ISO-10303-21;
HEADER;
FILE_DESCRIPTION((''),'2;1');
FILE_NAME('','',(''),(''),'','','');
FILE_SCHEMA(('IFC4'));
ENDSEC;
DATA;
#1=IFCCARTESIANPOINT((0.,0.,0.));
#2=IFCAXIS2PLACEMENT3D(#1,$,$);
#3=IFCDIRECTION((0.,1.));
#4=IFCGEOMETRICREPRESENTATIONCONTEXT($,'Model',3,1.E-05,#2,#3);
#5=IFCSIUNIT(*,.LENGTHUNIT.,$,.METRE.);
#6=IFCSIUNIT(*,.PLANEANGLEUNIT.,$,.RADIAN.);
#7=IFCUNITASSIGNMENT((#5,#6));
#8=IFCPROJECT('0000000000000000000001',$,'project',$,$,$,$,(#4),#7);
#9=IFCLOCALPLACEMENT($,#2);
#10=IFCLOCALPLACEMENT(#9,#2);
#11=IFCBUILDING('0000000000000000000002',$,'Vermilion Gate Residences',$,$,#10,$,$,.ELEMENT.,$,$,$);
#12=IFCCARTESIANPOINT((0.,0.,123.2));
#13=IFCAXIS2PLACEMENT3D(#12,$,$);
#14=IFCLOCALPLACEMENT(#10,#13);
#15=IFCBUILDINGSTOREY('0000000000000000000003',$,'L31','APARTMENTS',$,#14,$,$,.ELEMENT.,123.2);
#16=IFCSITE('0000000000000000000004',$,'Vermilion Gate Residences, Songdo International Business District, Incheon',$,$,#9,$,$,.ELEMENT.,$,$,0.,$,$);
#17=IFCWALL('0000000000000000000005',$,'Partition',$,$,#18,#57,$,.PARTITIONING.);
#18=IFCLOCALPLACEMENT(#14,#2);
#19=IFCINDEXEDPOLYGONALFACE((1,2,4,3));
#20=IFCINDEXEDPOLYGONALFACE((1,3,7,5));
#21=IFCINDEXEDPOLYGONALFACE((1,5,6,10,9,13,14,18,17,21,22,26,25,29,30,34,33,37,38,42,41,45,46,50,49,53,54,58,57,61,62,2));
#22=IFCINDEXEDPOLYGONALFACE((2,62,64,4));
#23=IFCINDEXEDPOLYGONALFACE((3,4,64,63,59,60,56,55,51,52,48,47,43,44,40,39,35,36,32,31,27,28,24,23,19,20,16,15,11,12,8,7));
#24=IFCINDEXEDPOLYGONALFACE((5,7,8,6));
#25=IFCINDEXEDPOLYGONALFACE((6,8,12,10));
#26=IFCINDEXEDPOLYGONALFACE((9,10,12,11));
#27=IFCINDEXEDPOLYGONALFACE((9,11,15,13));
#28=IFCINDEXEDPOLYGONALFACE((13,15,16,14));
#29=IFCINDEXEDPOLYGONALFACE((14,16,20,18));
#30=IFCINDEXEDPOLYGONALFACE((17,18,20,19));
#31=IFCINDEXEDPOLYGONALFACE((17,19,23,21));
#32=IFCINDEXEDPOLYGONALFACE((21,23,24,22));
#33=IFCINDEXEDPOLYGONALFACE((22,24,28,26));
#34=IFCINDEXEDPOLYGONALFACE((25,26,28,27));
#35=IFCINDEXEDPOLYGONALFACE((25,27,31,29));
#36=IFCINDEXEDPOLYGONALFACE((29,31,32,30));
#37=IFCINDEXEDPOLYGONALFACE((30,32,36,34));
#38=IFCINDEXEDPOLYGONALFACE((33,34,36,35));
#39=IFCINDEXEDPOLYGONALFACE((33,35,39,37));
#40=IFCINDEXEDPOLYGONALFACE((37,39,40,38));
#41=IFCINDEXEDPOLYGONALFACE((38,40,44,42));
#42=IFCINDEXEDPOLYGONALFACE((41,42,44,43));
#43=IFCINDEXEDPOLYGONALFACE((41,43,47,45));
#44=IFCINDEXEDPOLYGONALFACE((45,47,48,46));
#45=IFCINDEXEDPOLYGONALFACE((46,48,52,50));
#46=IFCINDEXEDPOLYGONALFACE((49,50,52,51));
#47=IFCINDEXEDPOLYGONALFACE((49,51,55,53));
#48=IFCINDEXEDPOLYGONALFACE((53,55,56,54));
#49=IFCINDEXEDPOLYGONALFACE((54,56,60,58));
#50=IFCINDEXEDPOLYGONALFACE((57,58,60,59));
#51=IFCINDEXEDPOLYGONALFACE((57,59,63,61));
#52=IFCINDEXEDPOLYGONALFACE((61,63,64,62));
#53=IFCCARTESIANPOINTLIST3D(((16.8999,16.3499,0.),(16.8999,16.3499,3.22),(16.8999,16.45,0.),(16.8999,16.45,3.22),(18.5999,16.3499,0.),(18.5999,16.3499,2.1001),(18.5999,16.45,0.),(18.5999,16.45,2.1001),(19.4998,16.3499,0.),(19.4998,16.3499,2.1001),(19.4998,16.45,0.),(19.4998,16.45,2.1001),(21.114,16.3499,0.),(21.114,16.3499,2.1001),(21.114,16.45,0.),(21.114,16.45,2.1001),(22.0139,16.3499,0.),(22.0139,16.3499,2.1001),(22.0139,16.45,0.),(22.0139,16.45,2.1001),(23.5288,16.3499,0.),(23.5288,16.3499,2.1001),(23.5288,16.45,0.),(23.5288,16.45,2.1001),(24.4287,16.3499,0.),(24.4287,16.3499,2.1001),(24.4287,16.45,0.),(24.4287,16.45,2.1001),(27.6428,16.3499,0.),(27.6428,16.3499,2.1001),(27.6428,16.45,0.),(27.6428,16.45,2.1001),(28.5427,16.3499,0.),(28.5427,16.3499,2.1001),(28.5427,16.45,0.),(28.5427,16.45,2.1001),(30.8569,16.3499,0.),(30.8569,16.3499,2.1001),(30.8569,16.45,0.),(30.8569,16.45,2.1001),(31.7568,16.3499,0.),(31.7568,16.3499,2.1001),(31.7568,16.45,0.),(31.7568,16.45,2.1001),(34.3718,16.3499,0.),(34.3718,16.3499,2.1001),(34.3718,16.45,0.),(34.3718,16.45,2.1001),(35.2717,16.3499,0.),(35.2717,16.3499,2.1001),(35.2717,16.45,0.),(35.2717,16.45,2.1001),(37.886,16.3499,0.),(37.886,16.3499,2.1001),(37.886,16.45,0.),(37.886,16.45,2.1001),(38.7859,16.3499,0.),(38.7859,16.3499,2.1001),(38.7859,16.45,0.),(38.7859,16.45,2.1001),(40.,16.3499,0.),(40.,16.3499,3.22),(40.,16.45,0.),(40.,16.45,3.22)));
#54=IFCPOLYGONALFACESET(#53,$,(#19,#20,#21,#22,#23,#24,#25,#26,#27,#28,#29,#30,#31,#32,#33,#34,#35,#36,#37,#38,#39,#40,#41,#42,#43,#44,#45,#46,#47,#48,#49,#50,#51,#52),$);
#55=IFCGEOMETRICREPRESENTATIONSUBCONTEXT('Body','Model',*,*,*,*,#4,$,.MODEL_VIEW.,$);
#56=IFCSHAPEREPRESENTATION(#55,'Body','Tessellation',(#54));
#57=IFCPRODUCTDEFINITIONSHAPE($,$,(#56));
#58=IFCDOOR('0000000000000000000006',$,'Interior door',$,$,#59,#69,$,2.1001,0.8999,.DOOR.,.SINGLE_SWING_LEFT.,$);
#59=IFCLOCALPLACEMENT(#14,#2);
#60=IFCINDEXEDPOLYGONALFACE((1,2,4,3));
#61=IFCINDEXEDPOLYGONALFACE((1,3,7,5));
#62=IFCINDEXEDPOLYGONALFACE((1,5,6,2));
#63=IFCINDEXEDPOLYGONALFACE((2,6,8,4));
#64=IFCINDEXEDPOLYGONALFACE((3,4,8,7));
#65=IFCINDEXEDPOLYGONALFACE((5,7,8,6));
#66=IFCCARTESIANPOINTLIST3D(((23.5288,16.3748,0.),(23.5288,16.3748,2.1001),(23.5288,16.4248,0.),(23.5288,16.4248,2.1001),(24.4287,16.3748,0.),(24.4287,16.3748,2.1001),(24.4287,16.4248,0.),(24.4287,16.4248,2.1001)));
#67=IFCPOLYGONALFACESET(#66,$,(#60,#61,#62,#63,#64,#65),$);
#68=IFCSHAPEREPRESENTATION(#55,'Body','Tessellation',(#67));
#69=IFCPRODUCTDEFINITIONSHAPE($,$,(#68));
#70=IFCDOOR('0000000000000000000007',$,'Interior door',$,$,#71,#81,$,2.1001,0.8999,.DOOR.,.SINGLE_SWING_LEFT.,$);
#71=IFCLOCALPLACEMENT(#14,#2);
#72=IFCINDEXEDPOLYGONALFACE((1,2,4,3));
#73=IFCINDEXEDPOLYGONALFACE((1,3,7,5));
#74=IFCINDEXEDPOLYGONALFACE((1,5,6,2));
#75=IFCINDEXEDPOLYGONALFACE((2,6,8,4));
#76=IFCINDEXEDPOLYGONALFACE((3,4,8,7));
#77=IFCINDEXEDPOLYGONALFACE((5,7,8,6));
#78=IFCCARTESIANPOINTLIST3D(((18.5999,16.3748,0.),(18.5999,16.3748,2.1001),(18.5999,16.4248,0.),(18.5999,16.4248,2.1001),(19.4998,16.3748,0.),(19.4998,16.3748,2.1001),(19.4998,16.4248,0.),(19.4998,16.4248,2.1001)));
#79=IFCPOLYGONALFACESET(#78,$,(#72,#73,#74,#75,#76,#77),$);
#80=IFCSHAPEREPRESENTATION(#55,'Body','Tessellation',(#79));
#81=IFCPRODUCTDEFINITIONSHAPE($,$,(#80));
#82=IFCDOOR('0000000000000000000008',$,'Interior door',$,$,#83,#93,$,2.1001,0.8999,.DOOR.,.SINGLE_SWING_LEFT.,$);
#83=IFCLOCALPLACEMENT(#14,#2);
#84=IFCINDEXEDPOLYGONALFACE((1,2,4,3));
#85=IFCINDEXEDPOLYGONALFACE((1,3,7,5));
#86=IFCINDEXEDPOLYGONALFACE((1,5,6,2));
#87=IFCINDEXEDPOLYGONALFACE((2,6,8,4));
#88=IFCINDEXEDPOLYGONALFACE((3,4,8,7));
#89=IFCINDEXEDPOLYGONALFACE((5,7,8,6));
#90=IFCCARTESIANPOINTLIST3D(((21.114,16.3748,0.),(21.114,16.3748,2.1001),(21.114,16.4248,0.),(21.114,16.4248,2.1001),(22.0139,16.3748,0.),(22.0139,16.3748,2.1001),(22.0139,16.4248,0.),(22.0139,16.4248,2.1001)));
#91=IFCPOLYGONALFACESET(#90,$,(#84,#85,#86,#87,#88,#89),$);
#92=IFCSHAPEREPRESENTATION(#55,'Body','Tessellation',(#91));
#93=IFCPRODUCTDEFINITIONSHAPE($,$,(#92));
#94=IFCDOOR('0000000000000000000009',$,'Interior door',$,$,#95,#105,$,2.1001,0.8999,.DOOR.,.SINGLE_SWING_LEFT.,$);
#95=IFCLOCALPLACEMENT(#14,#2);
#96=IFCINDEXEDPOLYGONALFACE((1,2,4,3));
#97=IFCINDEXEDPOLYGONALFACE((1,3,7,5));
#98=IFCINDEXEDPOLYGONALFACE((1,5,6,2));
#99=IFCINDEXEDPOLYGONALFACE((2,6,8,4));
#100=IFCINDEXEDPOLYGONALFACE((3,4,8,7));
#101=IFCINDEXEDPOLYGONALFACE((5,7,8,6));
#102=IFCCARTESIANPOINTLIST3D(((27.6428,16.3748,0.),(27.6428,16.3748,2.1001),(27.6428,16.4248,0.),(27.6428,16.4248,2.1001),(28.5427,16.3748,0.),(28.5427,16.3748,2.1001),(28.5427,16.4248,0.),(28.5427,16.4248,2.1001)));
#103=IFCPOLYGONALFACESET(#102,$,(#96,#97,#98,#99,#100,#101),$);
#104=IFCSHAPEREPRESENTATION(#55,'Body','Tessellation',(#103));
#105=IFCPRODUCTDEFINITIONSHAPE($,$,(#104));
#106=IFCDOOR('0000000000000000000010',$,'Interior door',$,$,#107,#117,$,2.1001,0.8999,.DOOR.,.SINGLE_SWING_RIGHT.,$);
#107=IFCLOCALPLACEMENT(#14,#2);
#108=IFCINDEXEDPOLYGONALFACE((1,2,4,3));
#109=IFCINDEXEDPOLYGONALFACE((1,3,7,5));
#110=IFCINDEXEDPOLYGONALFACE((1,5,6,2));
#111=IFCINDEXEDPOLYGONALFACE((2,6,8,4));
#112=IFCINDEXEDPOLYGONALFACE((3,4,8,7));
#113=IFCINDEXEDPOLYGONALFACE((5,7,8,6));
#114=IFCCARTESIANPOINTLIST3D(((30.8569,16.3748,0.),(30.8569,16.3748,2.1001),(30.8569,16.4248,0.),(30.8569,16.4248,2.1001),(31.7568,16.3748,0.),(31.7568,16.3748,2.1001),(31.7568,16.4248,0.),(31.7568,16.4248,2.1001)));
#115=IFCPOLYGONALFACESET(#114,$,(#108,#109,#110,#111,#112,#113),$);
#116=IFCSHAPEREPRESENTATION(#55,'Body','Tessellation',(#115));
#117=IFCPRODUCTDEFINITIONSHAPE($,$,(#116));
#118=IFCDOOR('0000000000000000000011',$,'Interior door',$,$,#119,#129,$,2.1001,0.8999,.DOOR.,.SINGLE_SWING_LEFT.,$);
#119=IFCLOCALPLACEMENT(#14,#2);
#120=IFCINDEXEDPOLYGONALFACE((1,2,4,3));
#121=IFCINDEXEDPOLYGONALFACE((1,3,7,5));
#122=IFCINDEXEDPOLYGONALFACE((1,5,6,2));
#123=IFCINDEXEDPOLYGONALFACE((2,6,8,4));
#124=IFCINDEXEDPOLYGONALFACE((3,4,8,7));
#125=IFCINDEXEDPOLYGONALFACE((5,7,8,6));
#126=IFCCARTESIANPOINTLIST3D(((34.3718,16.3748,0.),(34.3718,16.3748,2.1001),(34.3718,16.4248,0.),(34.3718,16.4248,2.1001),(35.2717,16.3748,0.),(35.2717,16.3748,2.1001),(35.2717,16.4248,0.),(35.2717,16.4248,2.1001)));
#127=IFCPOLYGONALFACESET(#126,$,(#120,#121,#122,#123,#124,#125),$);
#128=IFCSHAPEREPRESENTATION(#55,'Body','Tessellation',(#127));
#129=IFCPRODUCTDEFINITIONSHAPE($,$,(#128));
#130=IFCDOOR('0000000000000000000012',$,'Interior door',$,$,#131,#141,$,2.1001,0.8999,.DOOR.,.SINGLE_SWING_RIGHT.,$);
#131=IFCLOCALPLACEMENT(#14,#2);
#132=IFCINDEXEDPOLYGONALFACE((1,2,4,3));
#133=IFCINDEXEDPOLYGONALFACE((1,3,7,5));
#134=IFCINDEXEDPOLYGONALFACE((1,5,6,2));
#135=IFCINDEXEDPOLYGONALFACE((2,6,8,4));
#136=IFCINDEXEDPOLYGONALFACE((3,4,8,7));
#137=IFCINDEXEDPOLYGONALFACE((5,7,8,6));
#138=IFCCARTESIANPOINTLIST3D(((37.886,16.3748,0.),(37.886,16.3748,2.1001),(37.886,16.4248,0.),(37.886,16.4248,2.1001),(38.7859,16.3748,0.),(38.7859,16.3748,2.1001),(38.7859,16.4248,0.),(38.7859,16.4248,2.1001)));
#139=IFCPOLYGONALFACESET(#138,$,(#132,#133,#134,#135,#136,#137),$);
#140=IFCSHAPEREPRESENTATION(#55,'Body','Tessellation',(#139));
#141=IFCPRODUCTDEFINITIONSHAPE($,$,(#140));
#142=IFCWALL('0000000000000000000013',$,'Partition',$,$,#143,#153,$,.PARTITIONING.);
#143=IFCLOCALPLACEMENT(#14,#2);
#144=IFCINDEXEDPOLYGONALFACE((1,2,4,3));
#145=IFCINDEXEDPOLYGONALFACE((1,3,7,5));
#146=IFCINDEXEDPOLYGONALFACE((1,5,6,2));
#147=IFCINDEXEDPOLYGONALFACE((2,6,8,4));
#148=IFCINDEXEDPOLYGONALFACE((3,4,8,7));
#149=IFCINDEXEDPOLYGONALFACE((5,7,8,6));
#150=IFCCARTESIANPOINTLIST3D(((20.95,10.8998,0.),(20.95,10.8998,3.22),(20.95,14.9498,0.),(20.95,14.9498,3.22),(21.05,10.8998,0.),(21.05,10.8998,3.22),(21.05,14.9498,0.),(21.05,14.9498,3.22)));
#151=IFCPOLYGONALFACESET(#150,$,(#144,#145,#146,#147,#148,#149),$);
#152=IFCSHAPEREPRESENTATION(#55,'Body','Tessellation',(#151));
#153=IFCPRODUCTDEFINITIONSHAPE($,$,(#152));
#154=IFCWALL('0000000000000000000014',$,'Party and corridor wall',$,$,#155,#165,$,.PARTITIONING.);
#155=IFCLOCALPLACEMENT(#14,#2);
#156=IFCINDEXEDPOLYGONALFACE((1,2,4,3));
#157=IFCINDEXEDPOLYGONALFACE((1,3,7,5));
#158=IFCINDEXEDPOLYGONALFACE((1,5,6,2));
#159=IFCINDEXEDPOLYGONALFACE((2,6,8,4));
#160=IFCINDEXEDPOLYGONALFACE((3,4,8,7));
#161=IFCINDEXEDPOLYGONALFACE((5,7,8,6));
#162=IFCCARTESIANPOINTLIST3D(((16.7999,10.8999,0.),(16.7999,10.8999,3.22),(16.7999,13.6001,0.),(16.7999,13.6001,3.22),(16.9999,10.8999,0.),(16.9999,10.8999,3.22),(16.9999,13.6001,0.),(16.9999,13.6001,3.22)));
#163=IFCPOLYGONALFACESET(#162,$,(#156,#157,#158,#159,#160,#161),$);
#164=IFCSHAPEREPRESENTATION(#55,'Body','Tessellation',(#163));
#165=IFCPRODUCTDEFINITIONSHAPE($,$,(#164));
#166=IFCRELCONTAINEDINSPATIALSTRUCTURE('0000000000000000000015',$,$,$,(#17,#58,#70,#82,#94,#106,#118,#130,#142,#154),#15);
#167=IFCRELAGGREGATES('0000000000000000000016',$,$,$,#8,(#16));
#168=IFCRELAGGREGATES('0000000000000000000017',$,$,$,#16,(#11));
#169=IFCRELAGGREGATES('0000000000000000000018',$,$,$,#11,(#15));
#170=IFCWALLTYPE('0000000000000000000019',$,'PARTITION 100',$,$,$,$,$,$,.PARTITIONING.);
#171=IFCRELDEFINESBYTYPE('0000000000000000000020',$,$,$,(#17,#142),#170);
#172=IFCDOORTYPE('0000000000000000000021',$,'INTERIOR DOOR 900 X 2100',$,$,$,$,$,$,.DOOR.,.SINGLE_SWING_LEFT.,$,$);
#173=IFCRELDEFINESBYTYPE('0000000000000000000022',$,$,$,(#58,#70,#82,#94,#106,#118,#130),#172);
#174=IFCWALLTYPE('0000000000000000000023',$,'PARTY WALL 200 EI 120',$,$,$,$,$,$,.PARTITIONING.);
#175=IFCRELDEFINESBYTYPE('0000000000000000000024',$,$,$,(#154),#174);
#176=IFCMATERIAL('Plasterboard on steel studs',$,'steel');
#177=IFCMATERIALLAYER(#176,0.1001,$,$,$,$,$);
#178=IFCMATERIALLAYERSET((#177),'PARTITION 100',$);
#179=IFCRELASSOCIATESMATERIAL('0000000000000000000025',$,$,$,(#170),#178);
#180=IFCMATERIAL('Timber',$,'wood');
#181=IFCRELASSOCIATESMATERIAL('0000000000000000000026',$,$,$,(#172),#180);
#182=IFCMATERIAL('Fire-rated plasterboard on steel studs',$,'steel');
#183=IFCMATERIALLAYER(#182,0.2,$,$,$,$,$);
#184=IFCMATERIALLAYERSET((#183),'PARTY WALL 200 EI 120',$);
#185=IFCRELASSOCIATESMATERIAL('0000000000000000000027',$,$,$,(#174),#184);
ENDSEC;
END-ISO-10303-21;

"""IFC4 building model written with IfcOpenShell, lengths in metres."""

from ifc_helpers import new_model, si_unit, direction, frame, frame_2d, origin, place, context, subcontext, project, spatial, rectangle, extrude, material, layer, layer_set, type_object, element, fill, save


model = new_model("IFC4")

# Units and contexts
model_context = context("Model", 3, precision=1e-05, world=origin(), true_north=direction((0.0, 1.0)))
body_context = subcontext(model_context, "Body", "Model", "MODEL_VIEW")
ifc_project = project(units=[si_unit("LENGTHUNIT", "METRE"), si_unit("PLANEANGLEUNIT", "RADIAN")], contexts=[model_context])

# Site, building, storey
site_placement = place(None, origin())
site = spatial("IfcSite", under=ifc_project, at=site_placement, Name="Vermilion Gate Residences, Songdo International Business District, Incheon", CompositionType="ELEMENT", RefElevation=0.0)
building_placement = place(site_placement, origin())
building = spatial("IfcBuilding", under=site, at=building_placement, Name="Vermilion Gate Residences", CompositionType="ELEMENT")
storey_placement = place(building_placement, frame((0.0, 0.0, 123.2)))
storey = spatial("IfcBuildingStorey", under=building, at=storey_placement, Name="L31", Description="APARTMENTS", CompositionType="ELEMENT", Elevation=123.2)

# Wall, openings, doors
ifc_material_1 = material(Name="Plasterboard on steel studs", Category="steel")
ifc_layer_1 = layer(ifc_material_1, 0.1001)
ifc_layer_set_1 = layer_set([ifc_layer_1], Name="PARTITION 100")
wall_type_1 = type_object("IfcWallType", Name="PARTITION 100", PredefinedType="PARTITIONING", material=ifc_layer_set_1)
ifc_material_2 = material(Name="Timber", Category="wood")
door_type = type_object("IfcDoorType", Name="INTERIOR DOOR 900 X 2100", OperationType="SINGLE_SWING_LEFT", PredefinedType="DOOR", material=ifc_material_2)
wall_1_placement = place(storey_placement, frame((16.8999, 16.3999, 0.0), z_axis=(0.0, 0.0, 1.0), x_axis=(1.0, 0.0, 0.0)))
wall_1 = element("IfcWall", 1, at=wall_1_placement, inside=storey, type_object=wall_type_1, Name="Partition", PredefinedType="PARTITIONING", context=body_context, shape_type="SweptSolid", body=[
    extrude(rectangle(XDim=23.1001, YDim=0.1001, at=frame_2d((11.55, 0.0))), origin(), (0.0, 0.0, 1.0), 3.22),
])
opening_1_placement = place(wall_1_placement, frame((6.6289, 0.0, 0.0)))
opening_1 = element("IfcOpeningElement", 2, at=opening_1_placement, cuts=wall_1, PredefinedType="OPENING", context=body_context, shape_type="SweptSolid", body=[
    extrude(rectangle(XDim=0.8999, YDim=2.1001, at=frame_2d((0.45, 1.05))), frame((0.0, 0.0601, 0.0), z_axis=(0.0, -1.0, 0.0), x_axis=(1.0, 0.0, 0.0)), (0.0, 0.0, 1.0), 0.1201),
])
opening_2_placement = place(wall_1_placement, frame((1.7, 0.0, 0.0)))
opening_2 = element("IfcOpeningElement", 3, at=opening_2_placement, cuts=wall_1, PredefinedType="OPENING", context=body_context, shape_type="SweptSolid", body=[
    extrude(rectangle(XDim=0.8999, YDim=2.1001, at=frame_2d((0.45, 1.05))), frame((0.0, 0.0601, 0.0), z_axis=(0.0, -1.0, 0.0), x_axis=(1.0, 0.0, 0.0)), (0.0, 0.0, 1.0), 0.1201),
])
opening_3_placement = place(wall_1_placement, frame((4.2141, 0.0, 0.0)))
opening_3 = element("IfcOpeningElement", 4, at=opening_3_placement, cuts=wall_1, PredefinedType="OPENING", context=body_context, shape_type="SweptSolid", body=[
    extrude(rectangle(XDim=0.8999, YDim=2.1001, at=frame_2d((0.45, 1.05))), frame((0.0, 0.0601, 0.0), z_axis=(0.0, -1.0, 0.0), x_axis=(1.0, 0.0, 0.0)), (0.0, 0.0, 1.0), 0.1201),
])
opening_4_placement = place(wall_1_placement, frame((10.7429, 0.0, 0.0)))
opening_4 = element("IfcOpeningElement", 5, at=opening_4_placement, cuts=wall_1, PredefinedType="OPENING", context=body_context, shape_type="SweptSolid", body=[
    extrude(rectangle(XDim=0.8999, YDim=2.1001, at=frame_2d((0.45, 1.05))), frame((0.0, 0.0601, 0.0), z_axis=(0.0, -1.0, 0.0), x_axis=(1.0, 0.0, 0.0)), (0.0, 0.0, 1.0), 0.1201),
])
opening_5_placement = place(wall_1_placement, frame((13.957, 0.0, 0.0)))
opening_5 = element("IfcOpeningElement", 6, at=opening_5_placement, cuts=wall_1, PredefinedType="OPENING", context=body_context, shape_type="SweptSolid", body=[
    extrude(rectangle(XDim=0.8999, YDim=2.1001, at=frame_2d((0.45, 1.05))), frame((0.0, 0.0601, 0.0), z_axis=(0.0, -1.0, 0.0), x_axis=(1.0, 0.0, 0.0)), (0.0, 0.0, 1.0), 0.1201),
])
opening_6_placement = place(wall_1_placement, frame((17.4719, 0.0, 0.0)))
opening_6 = element("IfcOpeningElement", 7, at=opening_6_placement, cuts=wall_1, PredefinedType="OPENING", context=body_context, shape_type="SweptSolid", body=[
    extrude(rectangle(XDim=0.8999, YDim=2.1001, at=frame_2d((0.45, 1.05))), frame((0.0, 0.0601, 0.0), z_axis=(0.0, -1.0, 0.0), x_axis=(1.0, 0.0, 0.0)), (0.0, 0.0, 1.0), 0.1201),
])
opening_7_placement = place(wall_1_placement, frame((20.9861, 0.0, 0.0)))
opening_7 = element("IfcOpeningElement", 8, at=opening_7_placement, cuts=wall_1, PredefinedType="OPENING", context=body_context, shape_type="SweptSolid", body=[
    extrude(rectangle(XDim=0.8999, YDim=2.1001, at=frame_2d((0.45, 1.05))), frame((0.0, 0.0601, 0.0), z_axis=(0.0, -1.0, 0.0), x_axis=(1.0, 0.0, 0.0)), (0.0, 0.0, 1.0), 0.1201),
])
door_1_placement = place(opening_1_placement, origin())
door_1 = element("IfcDoor", 9, at=door_1_placement, inside=storey, type_object=door_type, Name="Interior door", OperationType="SINGLE_SWING_LEFT", OverallHeight=2.1001, OverallWidth=0.8999, PredefinedType="DOOR", context=body_context, shape_type="SweptSolid", body=[
    extrude(rectangle(XDim=0.8999, YDim=2.1001, at=frame_2d((0.45, 1.05))), frame((0.0, 0.0249, 0.0), z_axis=(0.0, -1.0, 0.0), x_axis=(1.0, 0.0, 0.0)), (0.0, 0.0, 1.0), 0.05),
])
fill(opening_1, door_1)
door_2_placement = place(opening_2_placement, origin())
door_2 = element("IfcDoor", 10, at=door_2_placement, inside=storey, type_object=door_type, Name="Interior door", OperationType="SINGLE_SWING_LEFT", OverallHeight=2.1001, OverallWidth=0.8999, PredefinedType="DOOR", context=body_context, shape_type="SweptSolid", body=[
    extrude(rectangle(XDim=0.8999, YDim=2.1001, at=frame_2d((0.45, 1.05))), frame((0.0, 0.0249, 0.0), z_axis=(0.0, -1.0, 0.0), x_axis=(1.0, 0.0, 0.0)), (0.0, 0.0, 1.0), 0.05),
])
fill(opening_2, door_2)
door_3_placement = place(opening_3_placement, origin())
door_3 = element("IfcDoor", 11, at=door_3_placement, inside=storey, type_object=door_type, Name="Interior door", OperationType="SINGLE_SWING_LEFT", OverallHeight=2.1001, OverallWidth=0.8999, PredefinedType="DOOR", context=body_context, shape_type="SweptSolid", body=[
    extrude(rectangle(XDim=0.8999, YDim=2.1001, at=frame_2d((0.45, 1.05))), frame((0.0, 0.0249, 0.0), z_axis=(0.0, -1.0, 0.0), x_axis=(1.0, 0.0, 0.0)), (0.0, 0.0, 1.0), 0.05),
])
fill(opening_3, door_3)
door_4_placement = place(opening_4_placement, origin())
door_4 = element("IfcDoor", 12, at=door_4_placement, inside=storey, type_object=door_type, Name="Interior door", OperationType="SINGLE_SWING_LEFT", OverallHeight=2.1001, OverallWidth=0.8999, PredefinedType="DOOR", context=body_context, shape_type="SweptSolid", body=[
    extrude(rectangle(XDim=0.8999, YDim=2.1001, at=frame_2d((0.45, 1.05))), frame((0.0, 0.0249, 0.0), z_axis=(0.0, -1.0, 0.0), x_axis=(1.0, 0.0, 0.0)), (0.0, 0.0, 1.0), 0.05),
])
fill(opening_4, door_4)
door_5_placement = place(opening_5_placement, origin())
door_5 = element("IfcDoor", 13, at=door_5_placement, inside=storey, type_object=door_type, Name="Interior door", OperationType="SINGLE_SWING_RIGHT", OverallHeight=2.1001, OverallWidth=0.8999, PredefinedType="DOOR", context=body_context, shape_type="SweptSolid", body=[
    extrude(rectangle(XDim=0.8999, YDim=2.1001, at=frame_2d((0.45, 1.05))), frame((0.0, 0.0249, 0.0), z_axis=(0.0, -1.0, 0.0), x_axis=(1.0, 0.0, 0.0)), (0.0, 0.0, 1.0), 0.05),
])
fill(opening_5, door_5)
door_6_placement = place(opening_6_placement, origin())
door_6 = element("IfcDoor", 14, at=door_6_placement, inside=storey, type_object=door_type, Name="Interior door", OperationType="SINGLE_SWING_LEFT", OverallHeight=2.1001, OverallWidth=0.8999, PredefinedType="DOOR", context=body_context, shape_type="SweptSolid", body=[
    extrude(rectangle(XDim=0.8999, YDim=2.1001, at=frame_2d((0.45, 1.05))), frame((0.0, 0.0249, 0.0), z_axis=(0.0, -1.0, 0.0), x_axis=(1.0, 0.0, 0.0)), (0.0, 0.0, 1.0), 0.05),
])
fill(opening_6, door_6)
door_7_placement = place(opening_7_placement, origin())
door_7 = element("IfcDoor", 15, at=door_7_placement, inside=storey, type_object=door_type, Name="Interior door", OperationType="SINGLE_SWING_RIGHT", OverallHeight=2.1001, OverallWidth=0.8999, PredefinedType="DOOR", context=body_context, shape_type="SweptSolid", body=[
    extrude(rectangle(XDim=0.8999, YDim=2.1001, at=frame_2d((0.45, 1.05))), frame((0.0, 0.0249, 0.0), z_axis=(0.0, -1.0, 0.0), x_axis=(1.0, 0.0, 0.0)), (0.0, 0.0, 1.0), 0.05),
])
fill(opening_7, door_7)

# Walls
wall_2_placement = place(storey_placement, frame((21.0, 10.8999, 0.0), z_axis=(0.0, 0.0, 1.0), x_axis=(0.0, 1.0, 0.0)))
element("IfcWall", 16, at=wall_2_placement, inside=storey, type_object=wall_type_1, Name="Partition", PredefinedType="PARTITIONING", context=body_context, shape_type="SweptSolid", body=[
    extrude(rectangle(XDim=4.05, YDim=0.1001, at=frame_2d((2.0249, 0.0))), origin(), (0.0, 0.0, 1.0), 3.22),
])
ifc_material_3 = material(Name="Fire-rated plasterboard on steel studs", Category="steel")
ifc_layer_2 = layer(ifc_material_3, 0.2)
ifc_layer_set_2 = layer_set([ifc_layer_2], Name="PARTY WALL 200 EI 120")
wall_type_2 = type_object("IfcWallType", Name="PARTY WALL 200 EI 120", PredefinedType="PARTITIONING", material=ifc_layer_set_2)
wall_3_placement = place(storey_placement, frame((16.8999, 10.8999, 0.0), z_axis=(0.0, 0.0, 1.0), x_axis=(0.0, 1.0, 0.0)))
element("IfcWall", 17, at=wall_3_placement, inside=storey, type_object=wall_type_2, Name="Party and corridor wall", PredefinedType="PARTITIONING", context=body_context, shape_type="SweptSolid", body=[
    extrude(rectangle(XDim=2.7002, YDim=0.2, at=frame_2d((1.3501, 0.0))), origin(), (0.0, 0.0, 1.0), 3.22),
])

save(model, "model.ifc")
